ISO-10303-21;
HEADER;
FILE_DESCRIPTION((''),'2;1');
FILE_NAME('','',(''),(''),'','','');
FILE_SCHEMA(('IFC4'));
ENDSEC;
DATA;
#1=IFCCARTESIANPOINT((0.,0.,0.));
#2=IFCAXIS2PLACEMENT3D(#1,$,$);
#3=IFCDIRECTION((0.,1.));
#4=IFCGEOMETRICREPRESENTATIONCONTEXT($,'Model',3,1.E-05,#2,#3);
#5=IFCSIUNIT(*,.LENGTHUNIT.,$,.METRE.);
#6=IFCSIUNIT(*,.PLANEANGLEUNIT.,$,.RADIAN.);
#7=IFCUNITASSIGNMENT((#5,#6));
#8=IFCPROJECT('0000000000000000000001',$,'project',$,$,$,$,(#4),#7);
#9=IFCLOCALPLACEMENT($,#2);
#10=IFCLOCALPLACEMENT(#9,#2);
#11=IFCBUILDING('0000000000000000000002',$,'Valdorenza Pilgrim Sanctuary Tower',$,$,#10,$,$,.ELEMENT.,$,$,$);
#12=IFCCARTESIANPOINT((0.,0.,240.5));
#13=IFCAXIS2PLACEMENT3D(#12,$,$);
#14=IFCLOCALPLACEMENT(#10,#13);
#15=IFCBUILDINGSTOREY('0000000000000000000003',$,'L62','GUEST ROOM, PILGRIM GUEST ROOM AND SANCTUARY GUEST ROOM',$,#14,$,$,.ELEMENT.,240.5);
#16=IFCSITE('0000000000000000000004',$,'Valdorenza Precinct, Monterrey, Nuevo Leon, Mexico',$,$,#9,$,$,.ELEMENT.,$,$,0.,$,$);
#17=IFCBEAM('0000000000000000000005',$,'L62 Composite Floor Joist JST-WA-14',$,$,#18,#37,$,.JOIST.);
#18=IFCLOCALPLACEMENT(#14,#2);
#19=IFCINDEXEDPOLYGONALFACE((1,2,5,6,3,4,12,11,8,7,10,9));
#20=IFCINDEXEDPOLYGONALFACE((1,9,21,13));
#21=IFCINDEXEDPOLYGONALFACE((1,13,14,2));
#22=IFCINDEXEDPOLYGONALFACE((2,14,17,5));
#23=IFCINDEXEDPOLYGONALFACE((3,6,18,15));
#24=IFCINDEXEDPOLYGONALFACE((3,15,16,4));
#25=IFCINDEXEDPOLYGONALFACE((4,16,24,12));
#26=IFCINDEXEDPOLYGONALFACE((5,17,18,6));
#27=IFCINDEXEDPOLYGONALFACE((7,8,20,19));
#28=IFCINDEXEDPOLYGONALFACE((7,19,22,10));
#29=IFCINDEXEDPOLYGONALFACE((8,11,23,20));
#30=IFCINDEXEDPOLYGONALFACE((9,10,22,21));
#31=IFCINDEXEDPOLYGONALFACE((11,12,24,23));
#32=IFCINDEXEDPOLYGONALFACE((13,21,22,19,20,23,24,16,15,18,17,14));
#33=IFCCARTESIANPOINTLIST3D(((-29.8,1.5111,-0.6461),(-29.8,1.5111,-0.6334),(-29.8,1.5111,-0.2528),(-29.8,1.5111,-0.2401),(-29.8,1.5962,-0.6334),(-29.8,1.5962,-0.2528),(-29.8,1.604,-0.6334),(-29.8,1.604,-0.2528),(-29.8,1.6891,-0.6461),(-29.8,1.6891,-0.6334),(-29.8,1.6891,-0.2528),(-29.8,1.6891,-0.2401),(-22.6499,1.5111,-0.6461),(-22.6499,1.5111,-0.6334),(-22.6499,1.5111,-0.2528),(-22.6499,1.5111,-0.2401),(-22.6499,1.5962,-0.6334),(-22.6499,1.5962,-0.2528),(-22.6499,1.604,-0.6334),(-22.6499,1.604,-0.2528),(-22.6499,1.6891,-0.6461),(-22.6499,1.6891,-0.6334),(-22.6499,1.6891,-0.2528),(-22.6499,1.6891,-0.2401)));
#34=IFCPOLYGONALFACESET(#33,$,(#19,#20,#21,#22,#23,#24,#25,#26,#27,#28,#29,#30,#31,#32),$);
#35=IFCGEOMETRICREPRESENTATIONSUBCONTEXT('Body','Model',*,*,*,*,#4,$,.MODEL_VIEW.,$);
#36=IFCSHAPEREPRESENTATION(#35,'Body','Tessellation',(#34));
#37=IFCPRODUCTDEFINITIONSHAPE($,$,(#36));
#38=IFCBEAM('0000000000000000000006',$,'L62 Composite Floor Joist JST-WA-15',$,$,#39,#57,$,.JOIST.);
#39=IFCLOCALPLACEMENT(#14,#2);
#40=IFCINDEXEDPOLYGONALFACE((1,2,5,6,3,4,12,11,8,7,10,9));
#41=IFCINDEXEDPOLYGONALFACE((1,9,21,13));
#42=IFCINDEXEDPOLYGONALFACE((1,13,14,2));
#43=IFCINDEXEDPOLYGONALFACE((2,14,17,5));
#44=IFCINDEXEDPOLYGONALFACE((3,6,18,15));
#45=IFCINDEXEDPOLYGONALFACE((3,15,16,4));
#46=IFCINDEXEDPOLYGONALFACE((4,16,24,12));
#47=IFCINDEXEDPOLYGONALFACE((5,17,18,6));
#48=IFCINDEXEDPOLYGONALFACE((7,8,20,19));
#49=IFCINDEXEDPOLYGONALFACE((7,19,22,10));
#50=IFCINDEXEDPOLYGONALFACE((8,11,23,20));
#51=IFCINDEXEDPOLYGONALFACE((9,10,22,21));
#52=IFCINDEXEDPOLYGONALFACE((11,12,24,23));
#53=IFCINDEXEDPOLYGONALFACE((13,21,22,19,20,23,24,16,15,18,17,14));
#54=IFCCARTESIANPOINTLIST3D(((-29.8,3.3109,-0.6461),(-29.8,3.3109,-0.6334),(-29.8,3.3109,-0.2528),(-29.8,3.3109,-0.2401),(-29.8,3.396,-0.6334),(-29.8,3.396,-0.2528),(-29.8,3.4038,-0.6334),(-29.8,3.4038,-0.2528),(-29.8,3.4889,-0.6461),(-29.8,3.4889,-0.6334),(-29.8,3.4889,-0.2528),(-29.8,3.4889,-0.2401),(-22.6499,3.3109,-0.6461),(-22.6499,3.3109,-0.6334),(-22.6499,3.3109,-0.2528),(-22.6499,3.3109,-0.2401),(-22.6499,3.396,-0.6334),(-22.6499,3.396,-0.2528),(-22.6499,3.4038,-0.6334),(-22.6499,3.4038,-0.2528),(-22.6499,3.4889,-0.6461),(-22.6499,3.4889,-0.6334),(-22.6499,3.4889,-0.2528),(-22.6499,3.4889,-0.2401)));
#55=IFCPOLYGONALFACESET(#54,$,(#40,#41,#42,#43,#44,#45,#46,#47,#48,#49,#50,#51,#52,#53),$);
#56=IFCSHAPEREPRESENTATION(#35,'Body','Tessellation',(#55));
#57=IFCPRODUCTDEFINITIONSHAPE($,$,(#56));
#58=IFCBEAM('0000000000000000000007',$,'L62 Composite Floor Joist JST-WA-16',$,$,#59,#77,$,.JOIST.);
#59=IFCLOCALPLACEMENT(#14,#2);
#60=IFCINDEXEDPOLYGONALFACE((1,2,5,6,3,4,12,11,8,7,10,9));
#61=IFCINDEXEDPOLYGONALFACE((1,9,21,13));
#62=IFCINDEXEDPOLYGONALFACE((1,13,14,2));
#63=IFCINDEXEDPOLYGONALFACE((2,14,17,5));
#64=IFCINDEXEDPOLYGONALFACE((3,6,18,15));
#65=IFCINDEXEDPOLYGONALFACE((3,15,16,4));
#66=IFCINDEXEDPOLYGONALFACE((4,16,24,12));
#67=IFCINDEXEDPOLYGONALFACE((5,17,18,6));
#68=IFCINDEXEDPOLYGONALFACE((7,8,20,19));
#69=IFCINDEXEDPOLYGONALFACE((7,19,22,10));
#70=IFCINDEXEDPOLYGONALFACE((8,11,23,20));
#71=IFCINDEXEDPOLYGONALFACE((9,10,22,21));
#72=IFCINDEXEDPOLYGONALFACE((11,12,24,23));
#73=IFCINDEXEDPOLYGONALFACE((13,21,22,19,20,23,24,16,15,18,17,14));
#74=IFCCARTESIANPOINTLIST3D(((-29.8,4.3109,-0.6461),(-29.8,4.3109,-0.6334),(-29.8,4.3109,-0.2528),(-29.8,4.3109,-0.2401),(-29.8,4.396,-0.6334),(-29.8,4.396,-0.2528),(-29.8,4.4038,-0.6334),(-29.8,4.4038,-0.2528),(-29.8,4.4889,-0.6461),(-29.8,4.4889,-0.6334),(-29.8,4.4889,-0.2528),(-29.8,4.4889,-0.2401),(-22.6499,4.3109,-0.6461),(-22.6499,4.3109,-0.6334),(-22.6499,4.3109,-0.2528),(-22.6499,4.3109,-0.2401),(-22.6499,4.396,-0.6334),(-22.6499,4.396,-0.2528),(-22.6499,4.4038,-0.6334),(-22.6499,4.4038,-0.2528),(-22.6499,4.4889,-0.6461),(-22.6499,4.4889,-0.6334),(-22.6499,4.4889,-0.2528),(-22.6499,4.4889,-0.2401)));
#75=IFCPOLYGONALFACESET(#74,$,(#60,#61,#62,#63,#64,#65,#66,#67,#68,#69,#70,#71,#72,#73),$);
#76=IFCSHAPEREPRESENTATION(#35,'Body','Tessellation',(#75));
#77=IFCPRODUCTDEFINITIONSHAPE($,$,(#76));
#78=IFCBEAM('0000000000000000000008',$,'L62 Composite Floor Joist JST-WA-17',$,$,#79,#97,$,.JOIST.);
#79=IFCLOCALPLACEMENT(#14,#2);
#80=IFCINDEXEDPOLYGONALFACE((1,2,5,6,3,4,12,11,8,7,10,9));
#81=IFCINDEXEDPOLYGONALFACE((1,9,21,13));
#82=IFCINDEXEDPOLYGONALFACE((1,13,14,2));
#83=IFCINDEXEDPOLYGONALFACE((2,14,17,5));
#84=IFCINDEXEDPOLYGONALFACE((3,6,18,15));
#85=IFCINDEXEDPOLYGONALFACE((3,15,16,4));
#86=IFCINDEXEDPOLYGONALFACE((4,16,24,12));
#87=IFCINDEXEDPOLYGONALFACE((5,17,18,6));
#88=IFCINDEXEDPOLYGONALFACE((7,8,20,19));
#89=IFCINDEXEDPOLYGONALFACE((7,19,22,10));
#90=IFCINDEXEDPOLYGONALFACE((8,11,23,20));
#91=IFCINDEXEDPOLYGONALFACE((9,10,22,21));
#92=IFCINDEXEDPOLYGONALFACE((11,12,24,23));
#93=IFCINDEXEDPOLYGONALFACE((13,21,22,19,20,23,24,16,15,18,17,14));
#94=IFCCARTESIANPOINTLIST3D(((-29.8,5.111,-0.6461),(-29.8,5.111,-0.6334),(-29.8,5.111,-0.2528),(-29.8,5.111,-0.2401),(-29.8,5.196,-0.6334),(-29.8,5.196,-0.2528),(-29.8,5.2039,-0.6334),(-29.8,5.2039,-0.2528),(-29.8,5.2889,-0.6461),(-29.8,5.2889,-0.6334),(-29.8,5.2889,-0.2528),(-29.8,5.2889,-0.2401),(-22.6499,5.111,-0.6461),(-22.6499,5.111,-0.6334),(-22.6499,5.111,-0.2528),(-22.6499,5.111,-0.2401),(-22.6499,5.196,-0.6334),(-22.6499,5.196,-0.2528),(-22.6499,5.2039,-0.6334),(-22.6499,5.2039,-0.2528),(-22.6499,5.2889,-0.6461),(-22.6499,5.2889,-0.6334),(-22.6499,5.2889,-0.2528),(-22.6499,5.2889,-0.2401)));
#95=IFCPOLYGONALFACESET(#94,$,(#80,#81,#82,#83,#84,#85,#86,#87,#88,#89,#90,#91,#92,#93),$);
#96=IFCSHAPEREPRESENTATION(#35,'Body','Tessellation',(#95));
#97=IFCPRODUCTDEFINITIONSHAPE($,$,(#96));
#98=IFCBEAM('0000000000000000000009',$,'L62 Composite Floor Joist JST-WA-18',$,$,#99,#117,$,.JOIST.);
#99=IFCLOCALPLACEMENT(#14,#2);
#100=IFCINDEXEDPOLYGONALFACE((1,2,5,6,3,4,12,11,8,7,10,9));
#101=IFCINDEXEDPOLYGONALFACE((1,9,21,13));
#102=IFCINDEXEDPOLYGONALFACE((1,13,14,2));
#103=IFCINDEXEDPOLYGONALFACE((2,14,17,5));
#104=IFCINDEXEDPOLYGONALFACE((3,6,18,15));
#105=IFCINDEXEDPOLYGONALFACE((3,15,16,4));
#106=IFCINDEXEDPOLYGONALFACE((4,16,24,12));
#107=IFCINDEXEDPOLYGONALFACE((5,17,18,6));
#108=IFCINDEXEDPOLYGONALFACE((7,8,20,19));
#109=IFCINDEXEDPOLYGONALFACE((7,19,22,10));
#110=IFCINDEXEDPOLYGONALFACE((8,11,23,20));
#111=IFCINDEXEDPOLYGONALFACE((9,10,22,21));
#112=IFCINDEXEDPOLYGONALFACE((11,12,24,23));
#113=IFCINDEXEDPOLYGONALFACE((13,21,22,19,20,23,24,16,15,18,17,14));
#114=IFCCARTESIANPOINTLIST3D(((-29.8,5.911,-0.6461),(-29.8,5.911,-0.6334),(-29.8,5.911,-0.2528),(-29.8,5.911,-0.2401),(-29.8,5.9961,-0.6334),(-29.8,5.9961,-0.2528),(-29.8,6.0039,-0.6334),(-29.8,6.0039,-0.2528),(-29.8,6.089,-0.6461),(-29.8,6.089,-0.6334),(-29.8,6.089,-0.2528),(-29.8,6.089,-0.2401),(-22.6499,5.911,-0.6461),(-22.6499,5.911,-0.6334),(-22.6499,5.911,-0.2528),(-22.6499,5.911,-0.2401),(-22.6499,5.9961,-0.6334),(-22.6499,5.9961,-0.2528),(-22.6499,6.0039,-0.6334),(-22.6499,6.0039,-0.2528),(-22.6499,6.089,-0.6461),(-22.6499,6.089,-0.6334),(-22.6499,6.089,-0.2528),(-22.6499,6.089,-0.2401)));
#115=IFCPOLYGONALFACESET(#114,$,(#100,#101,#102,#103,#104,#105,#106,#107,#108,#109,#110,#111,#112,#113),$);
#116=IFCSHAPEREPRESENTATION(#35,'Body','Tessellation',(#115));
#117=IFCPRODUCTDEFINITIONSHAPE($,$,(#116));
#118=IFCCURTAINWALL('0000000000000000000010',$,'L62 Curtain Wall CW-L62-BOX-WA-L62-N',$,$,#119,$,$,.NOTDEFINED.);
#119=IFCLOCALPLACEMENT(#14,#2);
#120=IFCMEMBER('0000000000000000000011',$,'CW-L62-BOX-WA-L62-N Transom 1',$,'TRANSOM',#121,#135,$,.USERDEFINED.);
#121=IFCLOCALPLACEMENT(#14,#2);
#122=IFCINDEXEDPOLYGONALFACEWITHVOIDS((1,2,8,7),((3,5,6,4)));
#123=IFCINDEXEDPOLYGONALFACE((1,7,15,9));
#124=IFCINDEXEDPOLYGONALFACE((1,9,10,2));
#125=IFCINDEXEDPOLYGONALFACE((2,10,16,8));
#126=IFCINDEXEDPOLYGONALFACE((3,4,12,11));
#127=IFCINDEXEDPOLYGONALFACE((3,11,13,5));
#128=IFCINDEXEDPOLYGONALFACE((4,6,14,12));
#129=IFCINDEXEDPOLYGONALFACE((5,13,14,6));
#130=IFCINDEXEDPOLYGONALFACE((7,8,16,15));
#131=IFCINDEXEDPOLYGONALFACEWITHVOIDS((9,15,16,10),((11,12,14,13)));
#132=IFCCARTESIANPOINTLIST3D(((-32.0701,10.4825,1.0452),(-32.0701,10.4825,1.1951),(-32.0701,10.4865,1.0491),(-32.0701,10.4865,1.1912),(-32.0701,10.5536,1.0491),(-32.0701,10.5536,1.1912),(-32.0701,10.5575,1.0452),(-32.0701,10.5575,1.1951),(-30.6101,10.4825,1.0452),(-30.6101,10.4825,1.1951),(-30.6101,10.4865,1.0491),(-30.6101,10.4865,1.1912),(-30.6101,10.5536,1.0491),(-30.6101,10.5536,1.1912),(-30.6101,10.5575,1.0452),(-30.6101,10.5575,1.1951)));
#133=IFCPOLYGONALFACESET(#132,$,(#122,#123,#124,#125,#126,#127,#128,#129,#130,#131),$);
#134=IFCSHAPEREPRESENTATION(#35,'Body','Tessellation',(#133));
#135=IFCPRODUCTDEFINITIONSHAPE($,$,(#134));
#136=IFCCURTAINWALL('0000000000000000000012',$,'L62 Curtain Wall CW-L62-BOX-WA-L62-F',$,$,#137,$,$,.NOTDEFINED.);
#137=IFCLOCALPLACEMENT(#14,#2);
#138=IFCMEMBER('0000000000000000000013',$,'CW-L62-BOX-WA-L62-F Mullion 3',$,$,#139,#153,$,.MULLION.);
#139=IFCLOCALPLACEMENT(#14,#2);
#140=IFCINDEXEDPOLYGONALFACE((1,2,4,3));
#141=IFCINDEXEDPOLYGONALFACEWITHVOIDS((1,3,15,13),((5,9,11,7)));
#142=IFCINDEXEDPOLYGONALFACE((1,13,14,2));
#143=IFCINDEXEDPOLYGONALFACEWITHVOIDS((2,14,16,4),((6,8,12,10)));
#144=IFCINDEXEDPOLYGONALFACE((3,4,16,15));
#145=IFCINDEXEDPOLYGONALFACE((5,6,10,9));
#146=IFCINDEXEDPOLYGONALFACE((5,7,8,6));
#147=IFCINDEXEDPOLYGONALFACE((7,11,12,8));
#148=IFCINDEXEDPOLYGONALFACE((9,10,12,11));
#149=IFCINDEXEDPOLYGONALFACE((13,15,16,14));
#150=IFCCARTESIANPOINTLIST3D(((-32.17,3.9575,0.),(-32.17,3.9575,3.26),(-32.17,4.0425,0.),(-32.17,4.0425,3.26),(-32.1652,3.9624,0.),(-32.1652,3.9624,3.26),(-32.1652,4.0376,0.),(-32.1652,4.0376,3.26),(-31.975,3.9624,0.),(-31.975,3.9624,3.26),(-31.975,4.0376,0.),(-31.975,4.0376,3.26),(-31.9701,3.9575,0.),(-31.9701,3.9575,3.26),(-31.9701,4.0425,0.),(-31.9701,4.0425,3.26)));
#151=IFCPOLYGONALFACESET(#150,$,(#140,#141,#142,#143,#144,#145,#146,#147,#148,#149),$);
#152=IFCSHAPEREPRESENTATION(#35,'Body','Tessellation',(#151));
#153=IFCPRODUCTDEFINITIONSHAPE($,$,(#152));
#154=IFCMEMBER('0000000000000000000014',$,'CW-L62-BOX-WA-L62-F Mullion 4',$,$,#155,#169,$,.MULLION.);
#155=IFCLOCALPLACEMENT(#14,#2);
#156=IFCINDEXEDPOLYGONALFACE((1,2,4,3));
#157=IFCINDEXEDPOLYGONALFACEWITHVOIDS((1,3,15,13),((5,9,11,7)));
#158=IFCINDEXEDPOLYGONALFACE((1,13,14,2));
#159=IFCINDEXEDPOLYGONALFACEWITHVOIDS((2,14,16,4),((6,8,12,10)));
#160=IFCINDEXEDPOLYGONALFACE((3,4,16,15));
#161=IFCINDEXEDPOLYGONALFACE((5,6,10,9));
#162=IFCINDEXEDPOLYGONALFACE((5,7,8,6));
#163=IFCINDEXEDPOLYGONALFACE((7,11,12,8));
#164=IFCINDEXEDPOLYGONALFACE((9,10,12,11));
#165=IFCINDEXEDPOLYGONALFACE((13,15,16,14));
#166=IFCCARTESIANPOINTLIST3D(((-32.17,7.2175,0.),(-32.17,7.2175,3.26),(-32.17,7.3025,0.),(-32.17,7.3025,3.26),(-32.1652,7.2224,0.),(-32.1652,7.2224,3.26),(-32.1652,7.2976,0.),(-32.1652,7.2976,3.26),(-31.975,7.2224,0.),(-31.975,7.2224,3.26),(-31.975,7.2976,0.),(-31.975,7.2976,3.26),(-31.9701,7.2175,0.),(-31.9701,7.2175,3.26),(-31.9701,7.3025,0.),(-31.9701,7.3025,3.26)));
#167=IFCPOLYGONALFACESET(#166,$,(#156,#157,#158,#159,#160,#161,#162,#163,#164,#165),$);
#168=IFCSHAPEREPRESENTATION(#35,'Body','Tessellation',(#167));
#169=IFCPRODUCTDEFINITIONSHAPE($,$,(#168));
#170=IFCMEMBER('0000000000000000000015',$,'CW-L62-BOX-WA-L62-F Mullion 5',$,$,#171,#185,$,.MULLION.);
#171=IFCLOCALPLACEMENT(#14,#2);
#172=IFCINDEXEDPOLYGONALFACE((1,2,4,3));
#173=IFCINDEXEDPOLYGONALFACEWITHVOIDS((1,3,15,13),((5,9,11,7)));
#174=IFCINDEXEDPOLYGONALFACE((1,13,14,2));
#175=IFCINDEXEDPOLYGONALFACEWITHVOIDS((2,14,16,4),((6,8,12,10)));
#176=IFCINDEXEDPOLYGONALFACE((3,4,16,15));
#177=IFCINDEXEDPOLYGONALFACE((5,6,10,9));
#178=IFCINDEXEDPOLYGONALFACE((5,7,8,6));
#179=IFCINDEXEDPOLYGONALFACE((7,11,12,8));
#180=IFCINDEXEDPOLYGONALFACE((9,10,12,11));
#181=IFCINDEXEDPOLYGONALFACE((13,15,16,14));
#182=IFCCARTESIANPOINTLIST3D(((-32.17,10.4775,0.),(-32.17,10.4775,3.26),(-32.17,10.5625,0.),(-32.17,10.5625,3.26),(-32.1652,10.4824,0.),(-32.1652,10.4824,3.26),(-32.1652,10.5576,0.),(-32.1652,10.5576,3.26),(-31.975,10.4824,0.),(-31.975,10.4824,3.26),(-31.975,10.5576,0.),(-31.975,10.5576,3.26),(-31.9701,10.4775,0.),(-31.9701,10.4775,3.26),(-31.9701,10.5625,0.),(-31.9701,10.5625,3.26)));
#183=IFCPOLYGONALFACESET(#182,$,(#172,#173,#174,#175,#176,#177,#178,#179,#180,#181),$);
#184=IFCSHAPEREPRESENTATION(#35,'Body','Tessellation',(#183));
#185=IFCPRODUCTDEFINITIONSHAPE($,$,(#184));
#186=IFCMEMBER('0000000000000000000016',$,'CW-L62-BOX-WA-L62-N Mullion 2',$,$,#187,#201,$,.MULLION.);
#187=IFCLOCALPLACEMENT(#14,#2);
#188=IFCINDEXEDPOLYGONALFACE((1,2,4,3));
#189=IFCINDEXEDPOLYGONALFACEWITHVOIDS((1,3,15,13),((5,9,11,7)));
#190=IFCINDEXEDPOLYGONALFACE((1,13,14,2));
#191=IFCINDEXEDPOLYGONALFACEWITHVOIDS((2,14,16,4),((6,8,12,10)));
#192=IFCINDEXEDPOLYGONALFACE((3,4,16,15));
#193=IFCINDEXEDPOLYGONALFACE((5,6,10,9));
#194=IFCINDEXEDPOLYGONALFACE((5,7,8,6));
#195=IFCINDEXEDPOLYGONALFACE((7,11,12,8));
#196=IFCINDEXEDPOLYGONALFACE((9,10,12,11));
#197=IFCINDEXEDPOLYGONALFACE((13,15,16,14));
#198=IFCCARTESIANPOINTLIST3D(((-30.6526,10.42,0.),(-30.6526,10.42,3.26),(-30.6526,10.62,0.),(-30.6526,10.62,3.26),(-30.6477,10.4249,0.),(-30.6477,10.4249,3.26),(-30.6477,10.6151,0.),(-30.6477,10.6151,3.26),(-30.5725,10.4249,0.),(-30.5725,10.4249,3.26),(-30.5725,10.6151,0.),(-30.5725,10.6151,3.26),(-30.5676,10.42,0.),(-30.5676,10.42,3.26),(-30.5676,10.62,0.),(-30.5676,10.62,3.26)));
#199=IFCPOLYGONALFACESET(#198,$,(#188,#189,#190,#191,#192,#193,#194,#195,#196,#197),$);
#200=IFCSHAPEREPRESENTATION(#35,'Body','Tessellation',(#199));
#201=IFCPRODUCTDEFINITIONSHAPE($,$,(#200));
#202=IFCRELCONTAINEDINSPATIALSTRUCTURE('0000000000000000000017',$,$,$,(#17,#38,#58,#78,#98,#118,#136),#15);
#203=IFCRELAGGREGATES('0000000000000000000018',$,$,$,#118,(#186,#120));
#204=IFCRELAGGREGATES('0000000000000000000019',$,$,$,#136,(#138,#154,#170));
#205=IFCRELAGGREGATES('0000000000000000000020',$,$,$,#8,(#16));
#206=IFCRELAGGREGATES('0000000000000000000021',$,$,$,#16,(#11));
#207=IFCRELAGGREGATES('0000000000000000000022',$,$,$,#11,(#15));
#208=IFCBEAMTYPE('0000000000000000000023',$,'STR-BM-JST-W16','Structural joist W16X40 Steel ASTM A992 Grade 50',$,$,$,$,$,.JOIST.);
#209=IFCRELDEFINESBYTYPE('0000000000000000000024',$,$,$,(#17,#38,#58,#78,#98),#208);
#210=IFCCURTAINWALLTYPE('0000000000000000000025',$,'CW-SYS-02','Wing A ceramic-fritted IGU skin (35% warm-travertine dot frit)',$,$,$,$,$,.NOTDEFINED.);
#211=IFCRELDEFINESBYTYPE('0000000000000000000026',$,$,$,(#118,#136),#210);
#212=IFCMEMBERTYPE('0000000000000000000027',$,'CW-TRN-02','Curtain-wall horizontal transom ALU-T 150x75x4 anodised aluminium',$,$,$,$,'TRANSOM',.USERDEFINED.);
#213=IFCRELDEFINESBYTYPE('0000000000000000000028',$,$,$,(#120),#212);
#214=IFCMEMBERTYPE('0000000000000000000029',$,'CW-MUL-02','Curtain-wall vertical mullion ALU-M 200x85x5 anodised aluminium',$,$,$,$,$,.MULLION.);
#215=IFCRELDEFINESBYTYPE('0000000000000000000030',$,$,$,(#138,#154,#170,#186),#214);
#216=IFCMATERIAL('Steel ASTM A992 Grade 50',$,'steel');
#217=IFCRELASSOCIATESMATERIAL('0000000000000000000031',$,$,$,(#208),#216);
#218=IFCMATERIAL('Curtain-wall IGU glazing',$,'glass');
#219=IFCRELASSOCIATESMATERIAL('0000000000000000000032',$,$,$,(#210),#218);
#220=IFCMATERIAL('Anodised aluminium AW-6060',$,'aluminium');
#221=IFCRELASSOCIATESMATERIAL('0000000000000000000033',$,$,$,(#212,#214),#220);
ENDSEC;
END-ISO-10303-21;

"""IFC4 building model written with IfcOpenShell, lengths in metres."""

from ifc_helpers import new_model, si_unit, direction, frame, origin, origin_2d, place, context, subcontext, project, spatial, hollow_rectangle, i_section, extrude, source, transform, mapped, material, material_profile, profile_set, type_object, element, aggregate, save


model = new_model("IFC4")

# Units and contexts
model_context = context("Model", 3, precision=1e-05, world=origin(), true_north=direction((0.0, 1.0)))
body_context = subcontext(model_context, "Body", "Model", "MODEL_VIEW")
ifc_project = project(units=[si_unit("LENGTHUNIT", "METRE"), si_unit("PLANEANGLEUNIT", "RADIAN")], contexts=[model_context])

# Site, building, storey
site_placement = place(None, origin())
site = spatial("IfcSite", under=ifc_project, at=site_placement, Name="Valdorenza Precinct, Monterrey, Nuevo Leon, Mexico", CompositionType="ELEMENT", RefElevation=0.0)
building_placement = place(site_placement, origin())
building = spatial("IfcBuilding", under=site, at=building_placement, Name="Valdorenza Pilgrim Sanctuary Tower", CompositionType="ELEMENT")
storey_placement = place(building_placement, frame((0.0, 0.0, 240.5)))
storey = spatial("IfcBuildingStorey", under=building, at=storey_placement, Name="L62", Description="GUEST ROOM, PILGRIM GUEST ROOM AND SANCTUARY GUEST ROOM", CompositionType="ELEMENT", Elevation=240.5)

# Beams
ifc_material_1 = material(Name="Steel ASTM A992 Grade 50", Category="steel")
ifc_material_profile_1 = material_profile(ifc_material_1, i_section(OverallWidth=0.178, OverallDepth=0.406, WebThickness=0.0078, FlangeThickness=0.0127, at=origin_2d()), Name="W16X40")
ifc_profile_set_1 = profile_set([ifc_material_profile_1], Name="Steel ASTM A992 Grade 50")
beam_type = type_object("IfcBeamType", Name="STR-BM-JST-W16", Description="Structural joist W16X40 Steel ASTM A992 Grade 50", PredefinedType="JOIST", material=ifc_profile_set_1)
shared_shape_1 = source(origin(), body_context, "Body", "SweptSolid", [
    extrude(i_section(OverallWidth=0.178, OverallDepth=0.406, WebThickness=0.0078, FlangeThickness=0.0127, at=origin_2d()), origin(), (0.0, 0.0, 1.0), 7.1501),
])
for number, where, z_axis, x_axis, name in (
    (1, (-29.8, 1.6001, -0.4431), (1.0, 0.0, 0.0), (0.0, 1.0, 0.0), "L62 Composite Floor Joist JST-WA-14"),
    (2, (-29.8, 3.3999, -0.4431), (1.0, 0.0, 0.0), (0.0, 1.0, 0.0), "L62 Composite Floor Joist JST-WA-15"),
    (3, (-29.8, 4.3999, -0.4431), (1.0, 0.0, 0.0), (0.0, 1.0, 0.0), "L62 Composite Floor Joist JST-WA-16"),
    (4, (-29.8, 5.2, -0.4431), (1.0, 0.0, 0.0), (0.0, 1.0, 0.0), "L62 Composite Floor Joist JST-WA-17"),
    (5, (-29.8, 6.0, -0.4431), (1.0, 0.0, 0.0), (0.0, 1.0, 0.0), "L62 Composite Floor Joist JST-WA-18"),
):
    element("IfcBeam", number, at=place(storey_placement, frame(where, z_axis=z_axis, x_axis=x_axis)), inside=storey, type_object=beam_type, Name=name, PredefinedType="JOIST", context=body_context, shape_type="MappedRepresentation", body=[
        mapped(shared_shape_1, transform((0.0, 0.0, 0.0), x_axis=(1.0, 0.0, 0.0), y_axis=(0.0, 1.0, 0.0), z_axis=(0.0, 0.0, 1.0), scale=1.0)),
    ])

# Curtain wall, member
ifc_material_2 = material(Name="Curtain-wall IGU glazing", Category="glass")
curtain_wall_type = type_object("IfcCurtainWallType", Name="CW-SYS-02", Description="Wing A ceramic-fritted IGU skin (35% warm-travertine dot frit)", PredefinedType="NOTDEFINED", material=ifc_material_2)
curtain_wall_1_placement = place(storey_placement, origin())
curtain_wall_1 = element("IfcCurtainWall", 6, at=curtain_wall_1_placement, inside=storey, type_object=curtain_wall_type, Name="L62 Curtain Wall CW-L62-BOX-WA-L62-N", PredefinedType="NOTDEFINED")
ifc_material_3 = material(Name="Anodised aluminium AW-6060", Category="aluminium")
ifc_material_profile_2 = material_profile(ifc_material_3, hollow_rectangle(XDim=0.075, YDim=0.1499, WallThickness=0.0039, at=origin_2d()), Name="ALU-T 150x75x4")
ifc_profile_set_2 = profile_set([ifc_material_profile_2], Name="Anodised aluminium AW-6060")
member_type_1 = type_object("IfcMemberType", Name="CW-TRN-02", Description="Curtain-wall horizontal transom ALU-T 150x75x4 anodised aluminium", ElementType="TRANSOM", PredefinedType="USERDEFINED", material=ifc_profile_set_2)
shared_shape_2 = source(origin(), body_context, "Body", "SweptSolid", [
    extrude(hollow_rectangle(XDim=0.075, YDim=0.1499, WallThickness=0.0039, at=origin_2d()), origin(), (0.0, 0.0, 1.0), 1.46),
])
member_1_placement = place(storey_placement, frame((-32.0701, 10.52, 1.1201), z_axis=(1.0, 0.0, 0.0), x_axis=(0.0, 1.0, 0.0)))
member_1 = element("IfcMember", 7, at=member_1_placement, type_object=member_type_1, Name="CW-L62-BOX-WA-L62-N Transom 1", ObjectType="TRANSOM", PredefinedType="USERDEFINED", context=body_context, shape_type="MappedRepresentation", body=[
    mapped(shared_shape_2, transform((0.0, 0.0, 0.0), x_axis=(1.0, 0.0, 0.0), y_axis=(0.0, 1.0, 0.0), z_axis=(0.0, 0.0, 1.0), scale=1.0)),
])

# Curtain wall, members
curtain_wall_2_placement = place(storey_placement, origin())
curtain_wall_2 = element("IfcCurtainWall", 8, at=curtain_wall_2_placement, inside=storey, type_object=curtain_wall_type, Name="L62 Curtain Wall CW-L62-BOX-WA-L62-F", PredefinedType="NOTDEFINED")
ifc_material_profile_3 = material_profile(ifc_material_3, hollow_rectangle(XDim=0.085, YDim=0.2, WallThickness=0.0049, at=origin_2d()), Name="ALU-M 200x85x5")
ifc_profile_set_3 = profile_set([ifc_material_profile_3], Name="Anodised aluminium AW-6060")
member_type_2 = type_object("IfcMemberType", Name="CW-MUL-02", Description="Curtain-wall vertical mullion ALU-M 200x85x5 anodised aluminium", PredefinedType="MULLION", material=ifc_profile_set_3)
shared_shape_3 = source(origin(), body_context, "Body", "SweptSolid", [
    extrude(hollow_rectangle(XDim=0.085, YDim=0.2, WallThickness=0.0049, at=origin_2d()), origin(), (0.0, 0.0, 1.0), 3.26),
])
member_2_placement = place(storey_placement, frame((-32.0701, 4.0, 0.0), z_axis=(0.0, 0.0, 1.0), x_axis=(0.0, 1.0, 0.0)))
member_2 = element("IfcMember", 9, at=member_2_placement, type_object=member_type_2, Name="CW-L62-BOX-WA-L62-F Mullion 3", PredefinedType="MULLION", context=body_context, shape_type="MappedRepresentation", body=[
    mapped(shared_shape_3, transform((0.0, 0.0, 0.0), x_axis=(1.0, 0.0, 0.0), y_axis=(0.0, 1.0, 0.0), z_axis=(0.0, 0.0, 1.0), scale=1.0)),
])
member_3_placement = place(storey_placement, frame((-32.0701, 7.26, 0.0), z_axis=(0.0, 0.0, 1.0), x_axis=(0.0, 1.0, 0.0)))
member_3 = element("IfcMember", 10, at=member_3_placement, type_object=member_type_2, Name="CW-L62-BOX-WA-L62-F Mullion 4", PredefinedType="MULLION", context=body_context, shape_type="MappedRepresentation", body=[
    mapped(shared_shape_3, transform((0.0, 0.0, 0.0), x_axis=(1.0, 0.0, 0.0), y_axis=(0.0, 1.0, 0.0), z_axis=(0.0, 0.0, 1.0), scale=1.0)),
])
member_4_placement = place(storey_placement, frame((-32.0701, 10.52, 0.0), z_axis=(0.0, 0.0, 1.0), x_axis=(0.0, 1.0, 0.0)))
member_4 = element("IfcMember", 11, at=member_4_placement, type_object=member_type_2, Name="CW-L62-BOX-WA-L62-F Mullion 5", PredefinedType="MULLION", context=body_context, shape_type="MappedRepresentation", body=[
    mapped(shared_shape_3, transform((0.0, 0.0, 0.0), x_axis=(1.0, 0.0, 0.0), y_axis=(0.0, 1.0, 0.0), z_axis=(0.0, 0.0, 1.0), scale=1.0)),
])

# Member
member_5_placement = place(storey_placement, frame((-30.6101, 10.52, 0.0), z_axis=(0.0, 0.0, 1.0), x_axis=(1.0, 0.0, 0.0)))
member_5 = element("IfcMember", 12, at=member_5_placement, type_object=member_type_2, Name="CW-L62-BOX-WA-L62-N Mullion 2", PredefinedType="MULLION", context=body_context, shape_type="MappedRepresentation", body=[
    mapped(shared_shape_3, transform((0.0, 0.0, 0.0), x_axis=(1.0, 0.0, 0.0), y_axis=(0.0, 1.0, 0.0), z_axis=(0.0, 0.0, 1.0), scale=1.0)),
])

aggregate(curtain_wall_1, [member_5, member_1])
aggregate(curtain_wall_2, [member_2, member_3, member_4])

save(model, "model.ifc")
